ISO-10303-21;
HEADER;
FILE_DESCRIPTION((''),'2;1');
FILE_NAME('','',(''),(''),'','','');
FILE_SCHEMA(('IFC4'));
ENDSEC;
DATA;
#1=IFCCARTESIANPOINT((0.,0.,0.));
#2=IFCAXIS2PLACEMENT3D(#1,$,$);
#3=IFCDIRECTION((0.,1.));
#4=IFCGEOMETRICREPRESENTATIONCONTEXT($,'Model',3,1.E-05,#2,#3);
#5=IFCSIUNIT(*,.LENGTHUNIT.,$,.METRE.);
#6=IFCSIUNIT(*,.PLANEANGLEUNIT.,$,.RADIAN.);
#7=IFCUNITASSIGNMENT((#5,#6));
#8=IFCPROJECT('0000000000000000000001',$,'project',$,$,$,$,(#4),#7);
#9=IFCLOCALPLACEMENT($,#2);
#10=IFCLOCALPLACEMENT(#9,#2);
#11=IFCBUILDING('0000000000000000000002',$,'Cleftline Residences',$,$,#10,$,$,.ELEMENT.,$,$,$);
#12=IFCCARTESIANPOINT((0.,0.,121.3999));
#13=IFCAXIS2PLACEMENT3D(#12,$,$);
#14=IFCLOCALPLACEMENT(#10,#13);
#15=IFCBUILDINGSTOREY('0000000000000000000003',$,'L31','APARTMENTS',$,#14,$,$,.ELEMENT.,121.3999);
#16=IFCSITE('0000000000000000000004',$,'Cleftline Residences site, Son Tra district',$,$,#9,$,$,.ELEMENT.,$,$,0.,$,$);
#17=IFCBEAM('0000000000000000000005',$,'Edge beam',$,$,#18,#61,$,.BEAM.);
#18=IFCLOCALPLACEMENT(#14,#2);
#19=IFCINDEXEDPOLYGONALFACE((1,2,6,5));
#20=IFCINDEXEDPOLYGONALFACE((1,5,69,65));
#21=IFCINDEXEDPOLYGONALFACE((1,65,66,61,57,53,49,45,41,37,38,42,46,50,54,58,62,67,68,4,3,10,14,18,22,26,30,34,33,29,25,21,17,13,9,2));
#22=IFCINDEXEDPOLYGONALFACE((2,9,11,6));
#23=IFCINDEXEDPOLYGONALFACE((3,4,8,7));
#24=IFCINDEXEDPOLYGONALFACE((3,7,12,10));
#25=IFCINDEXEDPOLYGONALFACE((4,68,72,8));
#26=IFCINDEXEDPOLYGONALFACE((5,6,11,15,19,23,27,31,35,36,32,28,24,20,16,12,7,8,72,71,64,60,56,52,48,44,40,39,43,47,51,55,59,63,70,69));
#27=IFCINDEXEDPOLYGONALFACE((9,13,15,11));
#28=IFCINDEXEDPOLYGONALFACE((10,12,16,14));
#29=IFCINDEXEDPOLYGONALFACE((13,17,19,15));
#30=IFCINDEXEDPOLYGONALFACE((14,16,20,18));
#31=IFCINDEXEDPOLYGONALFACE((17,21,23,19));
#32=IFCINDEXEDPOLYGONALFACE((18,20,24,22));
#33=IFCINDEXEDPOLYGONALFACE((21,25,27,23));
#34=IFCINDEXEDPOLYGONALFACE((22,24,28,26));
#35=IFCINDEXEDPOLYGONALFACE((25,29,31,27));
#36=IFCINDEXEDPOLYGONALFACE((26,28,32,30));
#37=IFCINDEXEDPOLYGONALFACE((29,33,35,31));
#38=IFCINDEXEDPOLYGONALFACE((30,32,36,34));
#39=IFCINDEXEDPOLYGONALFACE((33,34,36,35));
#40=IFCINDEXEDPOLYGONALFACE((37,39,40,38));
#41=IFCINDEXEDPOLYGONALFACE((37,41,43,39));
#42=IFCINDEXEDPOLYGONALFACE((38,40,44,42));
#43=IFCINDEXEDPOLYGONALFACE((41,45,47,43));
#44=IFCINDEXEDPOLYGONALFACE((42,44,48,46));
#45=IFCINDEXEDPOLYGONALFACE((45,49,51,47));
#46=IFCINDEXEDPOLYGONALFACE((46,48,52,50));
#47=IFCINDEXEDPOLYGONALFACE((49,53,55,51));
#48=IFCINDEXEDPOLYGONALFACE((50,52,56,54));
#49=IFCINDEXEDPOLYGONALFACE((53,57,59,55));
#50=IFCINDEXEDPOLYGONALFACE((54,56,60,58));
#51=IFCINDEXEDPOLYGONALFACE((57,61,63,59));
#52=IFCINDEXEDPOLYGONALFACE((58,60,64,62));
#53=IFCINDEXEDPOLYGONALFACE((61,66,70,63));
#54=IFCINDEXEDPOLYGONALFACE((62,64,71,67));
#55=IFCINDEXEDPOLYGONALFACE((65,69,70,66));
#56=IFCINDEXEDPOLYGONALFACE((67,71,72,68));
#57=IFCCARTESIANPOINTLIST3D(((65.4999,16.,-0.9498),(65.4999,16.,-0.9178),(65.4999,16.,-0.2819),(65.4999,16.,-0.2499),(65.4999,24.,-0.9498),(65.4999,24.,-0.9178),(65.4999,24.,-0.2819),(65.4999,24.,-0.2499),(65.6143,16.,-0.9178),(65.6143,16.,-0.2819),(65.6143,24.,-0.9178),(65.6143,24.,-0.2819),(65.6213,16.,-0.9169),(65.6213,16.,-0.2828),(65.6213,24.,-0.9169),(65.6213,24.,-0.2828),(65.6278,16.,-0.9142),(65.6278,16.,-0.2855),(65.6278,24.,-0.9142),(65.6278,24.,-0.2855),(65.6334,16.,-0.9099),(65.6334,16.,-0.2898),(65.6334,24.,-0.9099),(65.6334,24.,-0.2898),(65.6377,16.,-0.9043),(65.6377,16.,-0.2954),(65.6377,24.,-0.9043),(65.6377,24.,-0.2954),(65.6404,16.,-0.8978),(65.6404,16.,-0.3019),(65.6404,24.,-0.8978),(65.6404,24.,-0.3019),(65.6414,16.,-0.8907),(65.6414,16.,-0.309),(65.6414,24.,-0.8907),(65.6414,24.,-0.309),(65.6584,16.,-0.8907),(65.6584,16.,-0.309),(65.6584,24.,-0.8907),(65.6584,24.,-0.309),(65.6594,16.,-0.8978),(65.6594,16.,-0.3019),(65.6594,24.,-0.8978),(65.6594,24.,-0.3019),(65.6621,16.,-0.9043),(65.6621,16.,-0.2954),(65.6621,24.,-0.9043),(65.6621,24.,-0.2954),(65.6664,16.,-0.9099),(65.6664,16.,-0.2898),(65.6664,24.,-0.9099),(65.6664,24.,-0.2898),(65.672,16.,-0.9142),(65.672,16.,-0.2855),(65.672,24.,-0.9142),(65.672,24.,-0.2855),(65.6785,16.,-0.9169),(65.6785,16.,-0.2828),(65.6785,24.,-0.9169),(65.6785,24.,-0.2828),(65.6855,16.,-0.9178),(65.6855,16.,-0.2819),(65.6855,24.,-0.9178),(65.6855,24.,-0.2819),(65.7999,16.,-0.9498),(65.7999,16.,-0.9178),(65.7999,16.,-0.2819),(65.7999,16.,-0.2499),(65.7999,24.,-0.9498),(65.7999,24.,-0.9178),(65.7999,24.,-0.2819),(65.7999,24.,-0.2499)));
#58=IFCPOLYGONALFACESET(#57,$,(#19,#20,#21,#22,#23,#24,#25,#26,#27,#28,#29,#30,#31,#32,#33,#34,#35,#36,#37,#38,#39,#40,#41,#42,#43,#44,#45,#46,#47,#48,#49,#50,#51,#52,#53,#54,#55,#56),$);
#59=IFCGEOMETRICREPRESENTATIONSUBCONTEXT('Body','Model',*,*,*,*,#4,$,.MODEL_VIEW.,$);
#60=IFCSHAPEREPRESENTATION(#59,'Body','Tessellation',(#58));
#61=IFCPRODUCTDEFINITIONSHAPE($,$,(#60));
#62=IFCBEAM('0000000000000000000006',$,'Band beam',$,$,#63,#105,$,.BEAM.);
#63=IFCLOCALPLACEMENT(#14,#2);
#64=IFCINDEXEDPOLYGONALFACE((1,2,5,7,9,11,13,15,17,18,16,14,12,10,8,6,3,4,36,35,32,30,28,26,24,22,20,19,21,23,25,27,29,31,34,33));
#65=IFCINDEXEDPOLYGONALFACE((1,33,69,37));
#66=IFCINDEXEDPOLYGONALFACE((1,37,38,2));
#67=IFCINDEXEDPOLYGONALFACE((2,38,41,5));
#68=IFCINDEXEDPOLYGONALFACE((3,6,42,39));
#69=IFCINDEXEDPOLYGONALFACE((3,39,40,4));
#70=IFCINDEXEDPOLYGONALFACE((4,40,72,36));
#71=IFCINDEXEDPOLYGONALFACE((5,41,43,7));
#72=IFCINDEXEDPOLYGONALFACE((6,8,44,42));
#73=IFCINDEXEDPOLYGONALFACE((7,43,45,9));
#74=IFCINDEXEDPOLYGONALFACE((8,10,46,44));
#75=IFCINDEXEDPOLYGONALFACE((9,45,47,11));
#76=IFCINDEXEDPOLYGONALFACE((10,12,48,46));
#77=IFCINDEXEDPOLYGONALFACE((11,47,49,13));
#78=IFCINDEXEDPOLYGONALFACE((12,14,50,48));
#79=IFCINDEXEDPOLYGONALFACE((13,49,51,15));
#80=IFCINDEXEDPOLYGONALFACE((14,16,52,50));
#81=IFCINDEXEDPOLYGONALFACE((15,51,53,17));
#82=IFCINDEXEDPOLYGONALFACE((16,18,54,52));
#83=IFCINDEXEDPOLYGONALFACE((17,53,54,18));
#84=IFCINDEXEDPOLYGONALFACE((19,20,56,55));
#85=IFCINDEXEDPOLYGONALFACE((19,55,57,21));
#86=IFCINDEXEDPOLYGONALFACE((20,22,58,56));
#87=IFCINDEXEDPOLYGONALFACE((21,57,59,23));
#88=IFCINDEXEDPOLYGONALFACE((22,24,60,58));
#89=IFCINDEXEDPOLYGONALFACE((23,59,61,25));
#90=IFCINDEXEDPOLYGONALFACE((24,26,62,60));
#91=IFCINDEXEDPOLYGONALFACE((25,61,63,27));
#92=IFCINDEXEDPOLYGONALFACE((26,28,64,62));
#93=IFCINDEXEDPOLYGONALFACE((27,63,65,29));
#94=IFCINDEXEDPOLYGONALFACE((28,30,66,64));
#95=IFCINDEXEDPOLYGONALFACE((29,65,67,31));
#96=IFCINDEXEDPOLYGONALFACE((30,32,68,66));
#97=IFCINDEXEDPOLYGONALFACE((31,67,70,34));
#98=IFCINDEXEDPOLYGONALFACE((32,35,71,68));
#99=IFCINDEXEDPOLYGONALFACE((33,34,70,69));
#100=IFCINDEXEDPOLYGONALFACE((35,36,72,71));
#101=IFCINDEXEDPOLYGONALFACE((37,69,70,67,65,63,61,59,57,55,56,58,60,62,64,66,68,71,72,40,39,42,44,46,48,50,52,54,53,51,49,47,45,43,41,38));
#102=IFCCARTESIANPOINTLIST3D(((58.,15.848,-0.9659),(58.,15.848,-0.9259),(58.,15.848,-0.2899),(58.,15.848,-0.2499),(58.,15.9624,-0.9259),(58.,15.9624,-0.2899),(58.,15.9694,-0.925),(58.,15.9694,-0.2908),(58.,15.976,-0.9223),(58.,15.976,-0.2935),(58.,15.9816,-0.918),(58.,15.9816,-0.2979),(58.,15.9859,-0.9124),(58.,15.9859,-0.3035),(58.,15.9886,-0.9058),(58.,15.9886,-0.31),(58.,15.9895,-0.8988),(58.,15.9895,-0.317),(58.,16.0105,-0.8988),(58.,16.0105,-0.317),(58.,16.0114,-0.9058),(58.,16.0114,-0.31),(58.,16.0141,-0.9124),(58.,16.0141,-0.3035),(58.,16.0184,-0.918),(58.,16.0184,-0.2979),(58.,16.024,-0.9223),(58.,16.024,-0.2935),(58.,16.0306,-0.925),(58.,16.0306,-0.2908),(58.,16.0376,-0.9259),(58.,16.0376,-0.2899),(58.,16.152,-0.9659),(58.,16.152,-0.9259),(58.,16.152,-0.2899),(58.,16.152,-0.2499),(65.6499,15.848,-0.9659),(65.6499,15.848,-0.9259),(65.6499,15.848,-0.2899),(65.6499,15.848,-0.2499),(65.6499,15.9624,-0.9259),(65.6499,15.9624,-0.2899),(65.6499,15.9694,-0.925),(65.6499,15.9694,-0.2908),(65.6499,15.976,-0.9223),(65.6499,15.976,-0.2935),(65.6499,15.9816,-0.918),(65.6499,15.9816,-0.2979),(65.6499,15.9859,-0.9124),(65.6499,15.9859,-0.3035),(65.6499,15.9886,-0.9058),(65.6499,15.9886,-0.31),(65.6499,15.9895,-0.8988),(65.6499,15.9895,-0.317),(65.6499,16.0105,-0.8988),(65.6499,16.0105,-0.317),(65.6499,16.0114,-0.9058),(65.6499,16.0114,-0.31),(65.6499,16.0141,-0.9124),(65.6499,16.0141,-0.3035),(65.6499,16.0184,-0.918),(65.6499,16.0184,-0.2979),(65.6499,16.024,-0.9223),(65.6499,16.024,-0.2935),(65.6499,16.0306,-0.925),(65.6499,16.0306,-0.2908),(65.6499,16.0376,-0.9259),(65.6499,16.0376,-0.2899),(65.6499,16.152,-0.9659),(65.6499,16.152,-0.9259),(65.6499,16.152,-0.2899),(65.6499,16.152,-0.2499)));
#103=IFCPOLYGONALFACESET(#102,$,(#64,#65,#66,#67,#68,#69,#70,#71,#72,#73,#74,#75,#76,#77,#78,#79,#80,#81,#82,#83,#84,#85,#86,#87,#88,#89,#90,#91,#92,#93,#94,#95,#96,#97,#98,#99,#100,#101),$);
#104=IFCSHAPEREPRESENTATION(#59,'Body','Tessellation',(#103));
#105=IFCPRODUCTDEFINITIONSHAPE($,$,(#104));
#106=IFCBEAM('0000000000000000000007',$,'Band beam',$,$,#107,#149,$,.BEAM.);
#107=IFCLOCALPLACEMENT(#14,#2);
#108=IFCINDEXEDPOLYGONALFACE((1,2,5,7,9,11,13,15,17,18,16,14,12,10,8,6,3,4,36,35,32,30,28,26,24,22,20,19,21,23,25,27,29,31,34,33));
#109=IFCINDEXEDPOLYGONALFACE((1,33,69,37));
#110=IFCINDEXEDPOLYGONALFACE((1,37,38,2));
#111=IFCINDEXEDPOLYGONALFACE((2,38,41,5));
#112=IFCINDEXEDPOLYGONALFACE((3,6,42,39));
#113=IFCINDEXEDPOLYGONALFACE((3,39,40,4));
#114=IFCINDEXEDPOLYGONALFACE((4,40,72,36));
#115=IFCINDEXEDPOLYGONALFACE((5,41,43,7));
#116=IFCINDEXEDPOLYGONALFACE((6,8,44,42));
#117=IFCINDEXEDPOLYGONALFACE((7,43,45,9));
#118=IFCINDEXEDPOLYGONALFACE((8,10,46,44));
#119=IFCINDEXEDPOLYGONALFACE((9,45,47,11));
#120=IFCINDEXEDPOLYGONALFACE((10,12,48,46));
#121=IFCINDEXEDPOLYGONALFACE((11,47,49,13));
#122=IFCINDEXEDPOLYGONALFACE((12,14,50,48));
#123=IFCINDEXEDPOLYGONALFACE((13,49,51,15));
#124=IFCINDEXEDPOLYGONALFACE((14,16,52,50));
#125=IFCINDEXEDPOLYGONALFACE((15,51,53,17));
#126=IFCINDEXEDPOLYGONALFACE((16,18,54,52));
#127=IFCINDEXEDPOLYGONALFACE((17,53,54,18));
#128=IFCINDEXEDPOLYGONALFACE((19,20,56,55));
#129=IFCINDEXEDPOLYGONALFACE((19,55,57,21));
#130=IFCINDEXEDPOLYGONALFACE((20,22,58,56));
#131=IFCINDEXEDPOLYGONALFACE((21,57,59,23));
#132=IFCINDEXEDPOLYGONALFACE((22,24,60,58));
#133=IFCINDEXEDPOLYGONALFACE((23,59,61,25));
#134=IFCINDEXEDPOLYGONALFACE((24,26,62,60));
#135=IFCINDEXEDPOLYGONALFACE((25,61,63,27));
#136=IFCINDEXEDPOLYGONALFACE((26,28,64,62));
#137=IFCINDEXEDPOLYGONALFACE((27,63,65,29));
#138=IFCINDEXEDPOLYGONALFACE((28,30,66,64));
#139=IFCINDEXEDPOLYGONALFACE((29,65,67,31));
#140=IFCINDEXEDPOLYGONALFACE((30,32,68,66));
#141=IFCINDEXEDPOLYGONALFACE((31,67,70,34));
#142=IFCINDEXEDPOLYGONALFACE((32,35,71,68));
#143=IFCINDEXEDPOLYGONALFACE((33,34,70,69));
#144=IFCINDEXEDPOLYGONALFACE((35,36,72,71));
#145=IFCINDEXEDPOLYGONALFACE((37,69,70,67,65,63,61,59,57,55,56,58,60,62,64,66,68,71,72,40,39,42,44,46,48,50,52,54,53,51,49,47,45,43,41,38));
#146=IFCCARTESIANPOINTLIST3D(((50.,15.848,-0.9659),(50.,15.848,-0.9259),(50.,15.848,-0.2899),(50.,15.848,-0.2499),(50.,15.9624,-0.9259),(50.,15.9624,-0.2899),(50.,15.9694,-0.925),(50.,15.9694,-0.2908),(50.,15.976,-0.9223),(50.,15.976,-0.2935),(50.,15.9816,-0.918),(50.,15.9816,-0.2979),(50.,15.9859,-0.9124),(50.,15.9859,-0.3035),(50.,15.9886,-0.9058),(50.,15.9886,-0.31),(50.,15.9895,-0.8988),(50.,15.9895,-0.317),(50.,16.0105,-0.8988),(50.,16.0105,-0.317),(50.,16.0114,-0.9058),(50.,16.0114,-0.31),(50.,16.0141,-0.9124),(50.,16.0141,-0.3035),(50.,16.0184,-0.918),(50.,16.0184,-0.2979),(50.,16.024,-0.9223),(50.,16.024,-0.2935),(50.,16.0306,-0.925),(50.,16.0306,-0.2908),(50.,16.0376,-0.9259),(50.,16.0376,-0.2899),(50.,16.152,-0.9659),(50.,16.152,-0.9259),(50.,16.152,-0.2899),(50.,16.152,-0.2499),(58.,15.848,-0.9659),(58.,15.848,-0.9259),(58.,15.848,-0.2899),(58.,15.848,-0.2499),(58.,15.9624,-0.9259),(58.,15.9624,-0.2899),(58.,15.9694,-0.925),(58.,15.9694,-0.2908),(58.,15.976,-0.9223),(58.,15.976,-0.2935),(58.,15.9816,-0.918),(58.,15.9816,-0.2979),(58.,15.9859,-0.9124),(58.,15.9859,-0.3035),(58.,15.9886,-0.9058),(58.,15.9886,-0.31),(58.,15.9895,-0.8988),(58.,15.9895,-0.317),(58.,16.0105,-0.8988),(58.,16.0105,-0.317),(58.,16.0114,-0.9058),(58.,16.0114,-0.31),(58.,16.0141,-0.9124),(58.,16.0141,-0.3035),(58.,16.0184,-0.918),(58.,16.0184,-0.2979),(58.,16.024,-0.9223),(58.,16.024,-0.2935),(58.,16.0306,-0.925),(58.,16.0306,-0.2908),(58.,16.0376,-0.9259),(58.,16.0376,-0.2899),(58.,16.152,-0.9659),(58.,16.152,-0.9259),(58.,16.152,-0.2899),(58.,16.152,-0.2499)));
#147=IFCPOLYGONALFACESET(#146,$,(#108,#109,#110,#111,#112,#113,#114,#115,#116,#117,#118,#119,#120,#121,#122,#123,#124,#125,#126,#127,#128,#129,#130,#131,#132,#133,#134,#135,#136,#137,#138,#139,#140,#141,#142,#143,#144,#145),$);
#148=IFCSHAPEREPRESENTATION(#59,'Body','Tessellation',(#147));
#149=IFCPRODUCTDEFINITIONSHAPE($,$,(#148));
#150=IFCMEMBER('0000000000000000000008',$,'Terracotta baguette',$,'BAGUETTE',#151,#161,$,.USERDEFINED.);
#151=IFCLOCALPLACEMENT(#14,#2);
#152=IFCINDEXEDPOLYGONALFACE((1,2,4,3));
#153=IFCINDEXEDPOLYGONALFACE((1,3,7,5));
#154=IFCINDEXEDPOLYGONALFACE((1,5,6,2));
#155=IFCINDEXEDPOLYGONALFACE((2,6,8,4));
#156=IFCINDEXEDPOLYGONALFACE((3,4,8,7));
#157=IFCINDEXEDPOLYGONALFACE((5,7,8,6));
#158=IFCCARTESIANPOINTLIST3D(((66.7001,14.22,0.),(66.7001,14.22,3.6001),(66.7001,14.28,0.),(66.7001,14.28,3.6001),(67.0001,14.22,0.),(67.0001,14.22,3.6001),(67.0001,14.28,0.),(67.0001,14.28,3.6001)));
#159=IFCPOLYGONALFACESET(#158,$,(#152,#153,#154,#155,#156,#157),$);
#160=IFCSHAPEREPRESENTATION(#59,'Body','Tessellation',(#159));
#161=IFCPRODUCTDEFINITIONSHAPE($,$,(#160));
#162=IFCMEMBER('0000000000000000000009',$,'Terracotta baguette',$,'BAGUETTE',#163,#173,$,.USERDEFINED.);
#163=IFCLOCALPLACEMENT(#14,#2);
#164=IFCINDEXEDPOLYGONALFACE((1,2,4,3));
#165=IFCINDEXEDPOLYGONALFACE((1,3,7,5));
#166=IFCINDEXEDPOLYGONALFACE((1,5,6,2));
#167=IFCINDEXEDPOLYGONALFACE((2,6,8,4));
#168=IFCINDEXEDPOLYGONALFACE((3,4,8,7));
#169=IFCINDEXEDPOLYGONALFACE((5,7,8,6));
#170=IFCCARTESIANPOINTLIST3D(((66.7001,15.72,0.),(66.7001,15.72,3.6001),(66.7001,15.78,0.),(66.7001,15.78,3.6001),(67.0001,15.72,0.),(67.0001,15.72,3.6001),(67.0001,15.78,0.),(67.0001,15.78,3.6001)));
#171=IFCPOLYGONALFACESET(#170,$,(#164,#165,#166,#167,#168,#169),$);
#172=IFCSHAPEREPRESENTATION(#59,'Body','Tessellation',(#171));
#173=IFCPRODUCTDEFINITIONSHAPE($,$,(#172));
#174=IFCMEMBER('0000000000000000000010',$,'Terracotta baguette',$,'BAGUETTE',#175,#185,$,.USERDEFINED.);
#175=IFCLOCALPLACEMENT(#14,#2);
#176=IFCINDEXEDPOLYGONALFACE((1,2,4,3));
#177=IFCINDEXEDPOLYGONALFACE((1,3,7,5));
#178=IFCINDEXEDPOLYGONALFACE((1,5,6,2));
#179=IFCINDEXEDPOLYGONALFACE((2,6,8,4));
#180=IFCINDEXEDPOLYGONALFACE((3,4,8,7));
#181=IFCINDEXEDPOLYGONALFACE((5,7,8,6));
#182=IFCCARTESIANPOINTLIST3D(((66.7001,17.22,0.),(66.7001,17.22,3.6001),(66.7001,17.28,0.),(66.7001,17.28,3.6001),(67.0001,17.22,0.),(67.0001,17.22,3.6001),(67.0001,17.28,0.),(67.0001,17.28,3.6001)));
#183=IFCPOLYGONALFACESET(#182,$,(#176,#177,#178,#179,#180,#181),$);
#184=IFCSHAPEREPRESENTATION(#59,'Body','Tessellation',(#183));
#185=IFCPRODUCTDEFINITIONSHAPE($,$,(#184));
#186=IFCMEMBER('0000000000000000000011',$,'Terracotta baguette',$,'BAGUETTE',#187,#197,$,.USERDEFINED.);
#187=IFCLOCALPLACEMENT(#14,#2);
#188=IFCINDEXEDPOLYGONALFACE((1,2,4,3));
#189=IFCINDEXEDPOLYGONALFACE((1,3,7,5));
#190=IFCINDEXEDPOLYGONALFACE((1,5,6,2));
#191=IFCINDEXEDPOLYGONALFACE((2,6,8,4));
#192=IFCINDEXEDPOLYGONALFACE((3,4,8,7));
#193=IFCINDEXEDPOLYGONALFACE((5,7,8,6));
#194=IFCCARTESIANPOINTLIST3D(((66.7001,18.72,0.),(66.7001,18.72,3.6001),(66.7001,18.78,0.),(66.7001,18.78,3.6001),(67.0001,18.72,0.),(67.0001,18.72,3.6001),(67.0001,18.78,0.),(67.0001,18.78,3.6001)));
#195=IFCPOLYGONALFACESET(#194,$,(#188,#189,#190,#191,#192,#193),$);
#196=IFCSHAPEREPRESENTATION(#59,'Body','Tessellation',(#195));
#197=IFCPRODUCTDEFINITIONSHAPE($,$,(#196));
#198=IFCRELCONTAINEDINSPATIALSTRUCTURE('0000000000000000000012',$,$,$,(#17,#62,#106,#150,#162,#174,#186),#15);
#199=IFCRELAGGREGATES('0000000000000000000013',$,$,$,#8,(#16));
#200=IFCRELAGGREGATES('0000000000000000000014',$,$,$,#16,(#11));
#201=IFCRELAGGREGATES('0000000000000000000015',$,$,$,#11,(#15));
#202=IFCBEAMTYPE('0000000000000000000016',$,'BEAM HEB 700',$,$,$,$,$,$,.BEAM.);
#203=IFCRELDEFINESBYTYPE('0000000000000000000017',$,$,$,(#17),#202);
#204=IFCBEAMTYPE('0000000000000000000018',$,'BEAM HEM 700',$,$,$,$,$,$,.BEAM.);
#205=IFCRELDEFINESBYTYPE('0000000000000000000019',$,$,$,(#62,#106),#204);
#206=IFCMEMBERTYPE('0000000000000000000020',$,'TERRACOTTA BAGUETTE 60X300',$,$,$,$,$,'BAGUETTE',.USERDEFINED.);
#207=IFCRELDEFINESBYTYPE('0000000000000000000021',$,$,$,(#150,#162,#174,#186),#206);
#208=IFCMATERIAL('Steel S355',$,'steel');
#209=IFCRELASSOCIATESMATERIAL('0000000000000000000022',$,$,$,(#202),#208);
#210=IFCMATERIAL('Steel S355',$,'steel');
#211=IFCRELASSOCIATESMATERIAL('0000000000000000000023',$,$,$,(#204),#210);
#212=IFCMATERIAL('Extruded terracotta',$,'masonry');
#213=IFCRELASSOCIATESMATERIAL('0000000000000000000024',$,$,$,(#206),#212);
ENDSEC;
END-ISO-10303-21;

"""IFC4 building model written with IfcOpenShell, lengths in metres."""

from ifc_helpers import new_model, si_unit, direction, frame, origin, origin_2d, place, context, subcontext, project, spatial, rectangle, i_section, extrude, material, material_profile, profile_set, type_object, element, save


model = new_model("IFC4")

# Units and contexts
model_context = context("Model", 3, precision=1e-05, world=origin(), true_north=direction((0.0, 1.0)))
body_context = subcontext(model_context, "Body", "Model", "MODEL_VIEW")
ifc_project = project(units=[si_unit("LENGTHUNIT", "METRE"), si_unit("PLANEANGLEUNIT", "RADIAN")], contexts=[model_context])

# Site, building, storey
site_placement = place(None, origin())
site = spatial("IfcSite", under=ifc_project, at=site_placement, Name="Cleftline Residences site, Son Tra district", CompositionType="ELEMENT", RefElevation=0.0)
building_placement = place(site_placement, origin())
building = spatial("IfcBuilding", under=site, at=building_placement, Name="Cleftline Residences", CompositionType="ELEMENT")
storey_placement = place(building_placement, frame((0.0, 0.0, 121.3999)))
storey = spatial("IfcBuildingStorey", under=building, at=storey_placement, Name="L31", Description="APARTMENTS", CompositionType="ELEMENT", Elevation=121.3999)

# Beams
ifc_material_1 = material(Name="Steel S355", Category="steel")
ifc_material_profile_1 = material_profile(ifc_material_1, i_section(OverallWidth=0.3, OverallDepth=0.7, WebThickness=0.0171, FlangeThickness=0.032, FilletRadius=0.0271, at=origin_2d()))
ifc_profile_set_1 = profile_set([ifc_material_profile_1], Name="Steel S355")
beam_type_1 = type_object("IfcBeamType", Name="BEAM HEB 700", PredefinedType="BEAM", material=ifc_profile_set_1)
beam_1_placement = place(storey_placement, frame((65.6499, 16.0, -0.5999), z_axis=(0.0, 1.0, 0.0), x_axis=(-1.0, 0.0, 0.0)))
element("IfcBeam", 1, at=beam_1_placement, inside=storey, type_object=beam_type_1, Name="Edge beam", PredefinedType="BEAM", context=body_context, shape_type="SweptSolid", body=[
    extrude(i_section(OverallWidth=0.3, OverallDepth=0.7, WebThickness=0.0171, FlangeThickness=0.032, FilletRadius=0.0271, at=origin_2d()), origin(), (0.0, 0.0, 1.0), 8.0),
])
ifc_material_2 = material(Name="Steel S355", Category="steel")
ifc_material_profile_2 = material_profile(ifc_material_2, i_section(OverallWidth=0.304, OverallDepth=0.7161, WebThickness=0.021, FlangeThickness=0.04, FilletRadius=0.0271, at=origin_2d()))
ifc_profile_set_2 = profile_set([ifc_material_profile_2], Name="Steel S355")
beam_type_2 = type_object("IfcBeamType", Name="BEAM HEM 700", PredefinedType="BEAM", material=ifc_profile_set_2)
beam_2_placement = place(storey_placement, frame((65.6499, 16.0, -0.6079), z_axis=(-1.0, 0.0, 0.0), x_axis=(0.0, -1.0, 0.0)))
element("IfcBeam", 2, at=beam_2_placement, inside=storey, type_object=beam_type_2, Name="Band beam", PredefinedType="BEAM", context=body_context, shape_type="SweptSolid", body=[
    extrude(i_section(OverallWidth=0.304, OverallDepth=0.7161, WebThickness=0.021, FlangeThickness=0.04, FilletRadius=0.0271, at=origin_2d()), origin(), (0.0, 0.0, 1.0), 7.6499),
])
beam_3_placement = place(storey_placement, frame((58.0, 16.0, -0.6079), z_axis=(-1.0, 0.0, 0.0), x_axis=(0.0, -1.0, 0.0)))
element("IfcBeam", 3, at=beam_3_placement, inside=storey, type_object=beam_type_2, Name="Band beam", PredefinedType="BEAM", context=body_context, shape_type="SweptSolid", body=[
    extrude(i_section(OverallWidth=0.304, OverallDepth=0.7161, WebThickness=0.021, FlangeThickness=0.04, FilletRadius=0.0271, at=origin_2d()), origin(), (0.0, 0.0, 1.0), 8.0),
])

# Members
ifc_material_3 = material(Name="Extruded terracotta", Category="masonry")
ifc_material_profile_3 = material_profile(ifc_material_3, rectangle(XDim=0.0601, YDim=0.3, at=origin_2d()))
ifc_profile_set_3 = profile_set([ifc_material_profile_3], Name="Extruded terracotta")
member_type_1 = type_object("IfcMemberType", Name="TERRACOTTA BAGUETTE 60X300", ElementType="BAGUETTE", PredefinedType="USERDEFINED", material=ifc_profile_set_3)
for number, where, z_axis, x_axis, name in (
    (4, (66.8501, 14.25, 0.0), (0.0, 0.0, 1.0), (0.0, 1.0, 0.0), "Terracotta baguette"),
    (5, (66.8501, 15.75, 0.0), (0.0, 0.0, 1.0), (0.0, 1.0, 0.0), "Terracotta baguette"),
    (6, (66.8501, 17.25, 0.0), (0.0, 0.0, 1.0), (0.0, 1.0, 0.0), "Terracotta baguette"),
    (7, (66.8501, 18.75, 0.0), (0.0, 0.0, 1.0), (0.0, 1.0, 0.0), "Terracotta baguette"),
):
    element("IfcMember", number, at=place(storey_placement, frame(where, z_axis=z_axis, x_axis=x_axis)), inside=storey, type_object=member_type_1, Name=name, ObjectType="BAGUETTE", PredefinedType="USERDEFINED", context=body_context, shape_type="SweptSolid", body=[
        extrude(rectangle(XDim=0.0601, YDim=0.3, at=origin_2d()), origin(), (0.0, 0.0, 1.0), 3.6001),
    ])

save(model, "model.ifc")
